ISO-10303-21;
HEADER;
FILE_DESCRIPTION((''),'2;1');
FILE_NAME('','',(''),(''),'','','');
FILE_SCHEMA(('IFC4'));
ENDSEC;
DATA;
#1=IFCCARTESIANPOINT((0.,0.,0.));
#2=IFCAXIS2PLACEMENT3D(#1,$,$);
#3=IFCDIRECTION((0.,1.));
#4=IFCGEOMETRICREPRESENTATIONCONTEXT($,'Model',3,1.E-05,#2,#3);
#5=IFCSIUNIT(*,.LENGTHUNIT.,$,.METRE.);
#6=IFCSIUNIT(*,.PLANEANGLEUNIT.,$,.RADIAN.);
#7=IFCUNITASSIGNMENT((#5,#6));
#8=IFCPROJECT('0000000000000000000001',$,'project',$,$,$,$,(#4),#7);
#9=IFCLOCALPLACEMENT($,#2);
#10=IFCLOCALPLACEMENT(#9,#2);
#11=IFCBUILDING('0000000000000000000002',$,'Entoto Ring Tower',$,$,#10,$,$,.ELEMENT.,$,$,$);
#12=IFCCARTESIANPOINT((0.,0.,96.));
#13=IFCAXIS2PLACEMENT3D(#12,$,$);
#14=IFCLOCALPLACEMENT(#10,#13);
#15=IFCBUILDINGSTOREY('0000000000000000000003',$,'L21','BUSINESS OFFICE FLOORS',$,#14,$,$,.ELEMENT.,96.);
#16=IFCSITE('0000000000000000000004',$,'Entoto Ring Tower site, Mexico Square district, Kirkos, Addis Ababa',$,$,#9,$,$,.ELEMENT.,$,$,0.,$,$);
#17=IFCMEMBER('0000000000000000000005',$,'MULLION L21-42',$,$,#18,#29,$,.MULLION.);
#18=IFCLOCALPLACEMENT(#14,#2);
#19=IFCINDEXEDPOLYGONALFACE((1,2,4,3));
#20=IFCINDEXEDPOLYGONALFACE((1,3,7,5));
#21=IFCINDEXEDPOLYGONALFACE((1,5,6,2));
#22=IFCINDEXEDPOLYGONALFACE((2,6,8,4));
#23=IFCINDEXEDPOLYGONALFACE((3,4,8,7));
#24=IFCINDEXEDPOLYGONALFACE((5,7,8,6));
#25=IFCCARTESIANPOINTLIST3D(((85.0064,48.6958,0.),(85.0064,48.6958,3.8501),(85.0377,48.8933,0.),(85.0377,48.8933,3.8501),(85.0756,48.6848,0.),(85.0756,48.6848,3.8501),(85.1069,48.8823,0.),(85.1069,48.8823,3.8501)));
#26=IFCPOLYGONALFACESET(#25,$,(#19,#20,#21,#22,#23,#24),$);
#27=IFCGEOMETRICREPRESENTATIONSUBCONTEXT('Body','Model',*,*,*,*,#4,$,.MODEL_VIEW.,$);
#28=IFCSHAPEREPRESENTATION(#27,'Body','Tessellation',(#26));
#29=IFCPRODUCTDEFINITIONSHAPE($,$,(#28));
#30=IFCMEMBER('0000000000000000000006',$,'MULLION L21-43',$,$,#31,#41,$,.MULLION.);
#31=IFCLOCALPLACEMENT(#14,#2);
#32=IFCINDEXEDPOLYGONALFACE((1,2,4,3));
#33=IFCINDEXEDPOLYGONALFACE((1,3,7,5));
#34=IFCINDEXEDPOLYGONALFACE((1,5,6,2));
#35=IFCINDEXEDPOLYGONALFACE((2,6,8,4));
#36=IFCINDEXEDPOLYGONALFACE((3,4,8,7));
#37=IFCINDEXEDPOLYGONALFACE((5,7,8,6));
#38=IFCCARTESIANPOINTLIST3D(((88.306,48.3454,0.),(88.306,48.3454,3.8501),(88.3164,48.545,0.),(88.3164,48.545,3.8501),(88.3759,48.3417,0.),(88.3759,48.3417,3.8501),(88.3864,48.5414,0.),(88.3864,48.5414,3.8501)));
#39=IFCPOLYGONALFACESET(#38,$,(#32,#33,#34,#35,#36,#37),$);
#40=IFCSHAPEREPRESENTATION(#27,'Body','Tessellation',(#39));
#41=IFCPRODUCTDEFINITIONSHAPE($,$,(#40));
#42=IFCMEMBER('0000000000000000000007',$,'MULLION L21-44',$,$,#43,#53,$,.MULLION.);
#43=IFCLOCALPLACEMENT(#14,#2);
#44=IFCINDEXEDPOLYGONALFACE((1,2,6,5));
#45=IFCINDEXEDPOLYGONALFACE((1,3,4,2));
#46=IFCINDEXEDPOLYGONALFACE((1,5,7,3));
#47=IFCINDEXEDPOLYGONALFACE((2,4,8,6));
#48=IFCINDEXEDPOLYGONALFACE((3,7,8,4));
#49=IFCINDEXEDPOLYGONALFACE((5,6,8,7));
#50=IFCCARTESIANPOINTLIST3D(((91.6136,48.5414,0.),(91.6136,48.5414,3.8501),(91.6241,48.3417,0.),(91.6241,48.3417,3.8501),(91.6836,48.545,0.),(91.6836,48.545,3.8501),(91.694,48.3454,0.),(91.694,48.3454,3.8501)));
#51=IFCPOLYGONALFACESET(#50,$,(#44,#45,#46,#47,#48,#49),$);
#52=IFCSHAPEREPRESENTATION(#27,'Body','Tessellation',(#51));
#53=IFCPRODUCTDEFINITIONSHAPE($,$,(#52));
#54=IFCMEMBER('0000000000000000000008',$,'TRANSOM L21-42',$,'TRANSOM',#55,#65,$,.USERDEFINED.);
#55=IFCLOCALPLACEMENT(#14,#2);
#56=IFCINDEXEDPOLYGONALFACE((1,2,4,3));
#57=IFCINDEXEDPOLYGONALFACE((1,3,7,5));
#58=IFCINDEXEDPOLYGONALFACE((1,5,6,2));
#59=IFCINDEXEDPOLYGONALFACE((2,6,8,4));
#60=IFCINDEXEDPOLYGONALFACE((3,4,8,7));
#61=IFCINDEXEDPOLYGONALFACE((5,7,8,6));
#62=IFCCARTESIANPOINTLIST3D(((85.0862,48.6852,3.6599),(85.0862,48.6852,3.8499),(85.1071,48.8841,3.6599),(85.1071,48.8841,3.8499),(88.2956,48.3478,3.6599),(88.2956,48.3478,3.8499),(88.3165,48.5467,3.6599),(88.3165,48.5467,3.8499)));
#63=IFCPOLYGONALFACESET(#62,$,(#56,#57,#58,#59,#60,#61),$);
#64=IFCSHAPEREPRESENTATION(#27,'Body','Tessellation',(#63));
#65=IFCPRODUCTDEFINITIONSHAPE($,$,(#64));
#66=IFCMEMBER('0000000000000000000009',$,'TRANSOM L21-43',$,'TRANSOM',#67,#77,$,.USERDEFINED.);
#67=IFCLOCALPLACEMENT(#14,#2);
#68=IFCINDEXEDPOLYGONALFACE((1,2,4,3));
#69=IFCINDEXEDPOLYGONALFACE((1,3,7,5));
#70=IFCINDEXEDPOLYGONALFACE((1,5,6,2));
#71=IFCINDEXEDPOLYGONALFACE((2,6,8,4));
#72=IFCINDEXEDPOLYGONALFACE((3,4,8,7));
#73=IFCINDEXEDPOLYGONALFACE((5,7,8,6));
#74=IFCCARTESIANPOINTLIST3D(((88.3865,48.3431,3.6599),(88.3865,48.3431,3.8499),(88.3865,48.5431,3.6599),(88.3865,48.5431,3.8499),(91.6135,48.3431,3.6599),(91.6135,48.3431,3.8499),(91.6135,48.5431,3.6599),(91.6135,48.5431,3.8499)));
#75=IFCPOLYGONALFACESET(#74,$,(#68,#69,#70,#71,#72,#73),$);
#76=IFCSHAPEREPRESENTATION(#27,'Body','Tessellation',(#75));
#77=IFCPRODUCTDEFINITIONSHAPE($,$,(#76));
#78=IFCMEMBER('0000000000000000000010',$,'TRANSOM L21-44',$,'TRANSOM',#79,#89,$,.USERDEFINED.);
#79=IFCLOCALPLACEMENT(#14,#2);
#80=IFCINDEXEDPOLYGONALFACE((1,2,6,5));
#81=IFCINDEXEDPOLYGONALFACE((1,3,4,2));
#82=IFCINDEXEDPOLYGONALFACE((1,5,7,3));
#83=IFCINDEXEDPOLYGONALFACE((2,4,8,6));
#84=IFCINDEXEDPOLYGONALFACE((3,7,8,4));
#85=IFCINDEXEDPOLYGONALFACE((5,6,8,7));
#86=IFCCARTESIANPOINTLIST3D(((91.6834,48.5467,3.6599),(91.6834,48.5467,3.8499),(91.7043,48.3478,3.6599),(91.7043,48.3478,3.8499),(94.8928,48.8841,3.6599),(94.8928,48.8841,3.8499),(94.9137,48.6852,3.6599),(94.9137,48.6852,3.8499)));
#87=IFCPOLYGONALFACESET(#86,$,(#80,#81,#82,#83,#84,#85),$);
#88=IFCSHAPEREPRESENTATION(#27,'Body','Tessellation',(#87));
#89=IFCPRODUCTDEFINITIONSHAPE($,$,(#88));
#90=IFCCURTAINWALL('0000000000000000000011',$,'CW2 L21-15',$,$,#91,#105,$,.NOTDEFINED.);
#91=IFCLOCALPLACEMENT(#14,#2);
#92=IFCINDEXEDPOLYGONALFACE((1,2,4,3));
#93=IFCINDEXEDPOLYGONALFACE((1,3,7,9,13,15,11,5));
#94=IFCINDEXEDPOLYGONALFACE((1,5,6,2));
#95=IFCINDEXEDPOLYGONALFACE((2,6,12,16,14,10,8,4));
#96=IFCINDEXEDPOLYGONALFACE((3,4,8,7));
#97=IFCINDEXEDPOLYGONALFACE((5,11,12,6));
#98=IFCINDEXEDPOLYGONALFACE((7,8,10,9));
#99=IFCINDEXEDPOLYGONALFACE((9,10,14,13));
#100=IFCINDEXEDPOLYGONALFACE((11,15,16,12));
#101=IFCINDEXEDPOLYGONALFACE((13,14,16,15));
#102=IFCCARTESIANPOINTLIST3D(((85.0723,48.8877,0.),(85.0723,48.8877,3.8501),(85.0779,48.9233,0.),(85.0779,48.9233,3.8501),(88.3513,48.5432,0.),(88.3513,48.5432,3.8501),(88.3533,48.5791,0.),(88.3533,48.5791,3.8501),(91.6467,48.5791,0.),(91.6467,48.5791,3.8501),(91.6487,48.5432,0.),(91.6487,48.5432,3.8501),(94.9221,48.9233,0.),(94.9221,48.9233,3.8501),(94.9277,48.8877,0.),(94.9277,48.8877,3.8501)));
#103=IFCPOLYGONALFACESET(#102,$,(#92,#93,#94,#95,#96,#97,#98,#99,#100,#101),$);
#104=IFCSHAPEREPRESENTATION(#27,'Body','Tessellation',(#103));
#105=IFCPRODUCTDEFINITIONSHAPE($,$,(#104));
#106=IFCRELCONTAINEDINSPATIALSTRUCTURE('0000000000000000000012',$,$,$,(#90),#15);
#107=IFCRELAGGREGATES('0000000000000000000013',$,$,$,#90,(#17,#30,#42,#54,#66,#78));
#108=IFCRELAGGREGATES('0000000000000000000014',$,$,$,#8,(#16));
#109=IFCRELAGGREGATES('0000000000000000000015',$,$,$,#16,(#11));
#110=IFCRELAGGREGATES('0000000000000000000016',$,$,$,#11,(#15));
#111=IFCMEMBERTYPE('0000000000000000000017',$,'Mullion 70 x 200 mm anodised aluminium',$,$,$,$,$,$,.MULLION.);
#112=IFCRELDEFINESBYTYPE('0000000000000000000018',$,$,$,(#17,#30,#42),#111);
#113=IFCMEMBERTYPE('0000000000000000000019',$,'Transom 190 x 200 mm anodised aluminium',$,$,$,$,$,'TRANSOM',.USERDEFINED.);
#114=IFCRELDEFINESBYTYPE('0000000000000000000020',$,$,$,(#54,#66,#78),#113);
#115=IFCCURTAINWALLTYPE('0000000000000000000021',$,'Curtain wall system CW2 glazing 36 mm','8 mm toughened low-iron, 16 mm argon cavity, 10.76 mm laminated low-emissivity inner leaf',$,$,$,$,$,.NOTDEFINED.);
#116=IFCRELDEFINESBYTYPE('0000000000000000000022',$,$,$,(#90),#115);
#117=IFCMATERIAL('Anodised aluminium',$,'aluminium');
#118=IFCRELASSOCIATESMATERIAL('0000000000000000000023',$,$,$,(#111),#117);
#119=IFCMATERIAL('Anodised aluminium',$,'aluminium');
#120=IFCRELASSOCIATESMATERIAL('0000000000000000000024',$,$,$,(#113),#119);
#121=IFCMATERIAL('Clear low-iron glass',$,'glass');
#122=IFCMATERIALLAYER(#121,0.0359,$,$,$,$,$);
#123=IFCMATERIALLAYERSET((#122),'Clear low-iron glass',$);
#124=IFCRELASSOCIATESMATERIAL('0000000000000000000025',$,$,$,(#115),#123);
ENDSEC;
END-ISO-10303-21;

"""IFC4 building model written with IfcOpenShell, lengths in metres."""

from ifc_helpers import new_model, si_unit, direction, frame, origin, origin_2d, place, context, subcontext, project, spatial, polyline, rectangle, outline, extrude, material, layer, layer_set, material_profile, profile_set, type_object, element, aggregate, save


model = new_model("IFC4")

# Units and contexts
model_context = context("Model", 3, precision=1e-05, world=origin(), true_north=direction((0.0, 1.0)))
body_context = subcontext(model_context, "Body", "Model", "MODEL_VIEW")
ifc_project = project(units=[si_unit("LENGTHUNIT", "METRE"), si_unit("PLANEANGLEUNIT", "RADIAN")], contexts=[model_context])

# Members
ifc_material_1 = material(Name="Anodised aluminium", Category="aluminium")
ifc_material_profile_1 = material_profile(ifc_material_1, rectangle(XDim=0.0701, YDim=0.2, at=origin_2d()), Name="Mullion 70 x 200 mm anodised aluminium")
ifc_profile_set_1 = profile_set([ifc_material_profile_1], Name="Anodised aluminium")
member_type_1 = type_object("IfcMemberType", Name="Mullion 70 x 200 mm anodised aluminium", PredefinedType="MULLION", material=ifc_profile_set_1)
site_placement = place(None, origin())
building_placement = place(site_placement, origin())
storey_placement = place(building_placement, frame((0.0, 0.0, 96.0)))
member_1_placement = place(storey_placement, frame((85.0566, 48.7891, 0.0), z_axis=(0.0, 0.0, 1.0), x_axis=(0.987688, -0.156434, 0.0)))
member_1 = element("IfcMember", 1, at=member_1_placement, type_object=member_type_1, Name="MULLION L21-42", PredefinedType="MULLION", context=body_context, shape_type="SweptSolid", body=[
    extrude(rectangle(XDim=0.0701, YDim=0.2, at=origin_2d()), origin(), (0.0, 0.0, 1.0), 3.8501),
])
member_2_placement = place(storey_placement, frame((88.3462, 48.4434, 0.0), z_axis=(0.0, 0.0, 1.0), x_axis=(0.99863, -0.052336, 0.0)))
member_2 = element("IfcMember", 2, at=member_2_placement, type_object=member_type_1, Name="MULLION L21-43", PredefinedType="MULLION", context=body_context, shape_type="SweptSolid", body=[
    extrude(rectangle(XDim=0.0701, YDim=0.2, at=origin_2d()), origin(), (0.0, 0.0, 1.0), 3.8501),
])
member_3_placement = place(storey_placement, frame((91.6538, 48.4434, 0.0), z_axis=(0.0, 0.0, 1.0), x_axis=(0.99863, 0.052336, 0.0)))
member_3 = element("IfcMember", 3, at=member_3_placement, type_object=member_type_1, Name="MULLION L21-44", PredefinedType="MULLION", context=body_context, shape_type="SweptSolid", body=[
    extrude(rectangle(XDim=0.0701, YDim=0.2, at=origin_2d()), origin(), (0.0, 0.0, 1.0), 3.8501),
])
ifc_material_2 = material(Name="Anodised aluminium", Category="aluminium")
ifc_material_profile_2 = material_profile(ifc_material_2, rectangle(XDim=0.2, YDim=0.1899, at=origin_2d()), Name="Transom 190 x 200 mm anodised aluminium")
ifc_profile_set_2 = profile_set([ifc_material_profile_2], Name="Anodised aluminium")
member_type_2 = type_object("IfcMemberType", Name="Transom 190 x 200 mm anodised aluminium", ElementType="TRANSOM", PredefinedType="USERDEFINED", material=ifc_profile_set_2)
member_4_placement = place(storey_placement, frame((85.0967, 48.7847, 3.7549), z_axis=(0.99452, -0.104551, 0.0), x_axis=(0.104551, 0.99452, 0.0)))
member_4 = element("IfcMember", 4, at=member_4_placement, type_object=member_type_2, Name="TRANSOM L21-42", ObjectType="TRANSOM", PredefinedType="USERDEFINED", context=body_context, shape_type="SweptSolid", body=[
    extrude(rectangle(XDim=0.2, YDim=0.1899, at=origin_2d()), origin(), (0.0, 0.0, 1.0), 3.2271),
])
member_5_placement = place(storey_placement, frame((88.3865, 48.4431, 3.7549), z_axis=(1.0, 0.0, 0.0), x_axis=(0.0, 1.0, 0.0)))
member_5 = element("IfcMember", 5, at=member_5_placement, type_object=member_type_2, Name="TRANSOM L21-43", ObjectType="TRANSOM", PredefinedType="USERDEFINED", context=body_context, shape_type="SweptSolid", body=[
    extrude(rectangle(XDim=0.2, YDim=0.1899, at=origin_2d()), origin(), (0.0, 0.0, 1.0), 3.2271),
])
member_6_placement = place(storey_placement, frame((91.6938, 48.4473, 3.7549), z_axis=(0.99452, 0.104551, 0.0), x_axis=(-0.104551, 0.99452, 0.0)))
member_6 = element("IfcMember", 6, at=member_6_placement, type_object=member_type_2, Name="TRANSOM L21-44", ObjectType="TRANSOM", PredefinedType="USERDEFINED", context=body_context, shape_type="SweptSolid", body=[
    extrude(rectangle(XDim=0.2, YDim=0.1899, at=origin_2d()), origin(), (0.0, 0.0, 1.0), 3.2271),
])

# Site, building, storey
site = spatial("IfcSite", under=ifc_project, at=site_placement, Name="Entoto Ring Tower site, Mexico Square district, Kirkos, Addis Ababa", CompositionType="ELEMENT", RefElevation=0.0)
building = spatial("IfcBuilding", under=site, at=building_placement, Name="Entoto Ring Tower", CompositionType="ELEMENT")
storey = spatial("IfcBuildingStorey", under=building, at=storey_placement, Name="L21", Description="BUSINESS OFFICE FLOORS", CompositionType="ELEMENT", Elevation=96.0)

# Curtain wall
ifc_material_3 = material(Name="Clear low-iron glass", Category="glass")
ifc_layer_1 = layer(ifc_material_3, 0.0359)
ifc_layer_set_1 = layer_set([ifc_layer_1], Name="Clear low-iron glass")
curtain_wall_type = type_object("IfcCurtainWallType", Name="Curtain wall system CW2 glazing 36 mm", Description="8 mm toughened low-iron, 16 mm argon cavity, 10.76 mm laminated low-emissivity inner leaf", PredefinedType="NOTDEFINED", material=ifc_layer_set_1)
curtain_wall_1_placement = place(storey_placement, origin())
curtain_wall_1 = element("IfcCurtainWall", 7, at=curtain_wall_1_placement, inside=storey, type_object=curtain_wall_type, Name="CW2 L21-15", PredefinedType="NOTDEFINED", context=body_context, shape_type="SweptSolid", body=[
    extrude(outline(polyline([(85.0723, 48.8877), (88.3513, 48.5432), (91.6487, 48.5432), (94.9277, 48.8877), (94.9221, 48.9233), (91.6467, 48.5791), (88.3533, 48.5791), (85.0779, 48.9233), (85.0723, 48.8877)])), origin(), (0.0, 0.0, 1.0), 3.8501),
])
aggregate(curtain_wall_1, [member_1, member_2, member_3, member_4, member_5, member_6])

save(model, "model.ifc")
